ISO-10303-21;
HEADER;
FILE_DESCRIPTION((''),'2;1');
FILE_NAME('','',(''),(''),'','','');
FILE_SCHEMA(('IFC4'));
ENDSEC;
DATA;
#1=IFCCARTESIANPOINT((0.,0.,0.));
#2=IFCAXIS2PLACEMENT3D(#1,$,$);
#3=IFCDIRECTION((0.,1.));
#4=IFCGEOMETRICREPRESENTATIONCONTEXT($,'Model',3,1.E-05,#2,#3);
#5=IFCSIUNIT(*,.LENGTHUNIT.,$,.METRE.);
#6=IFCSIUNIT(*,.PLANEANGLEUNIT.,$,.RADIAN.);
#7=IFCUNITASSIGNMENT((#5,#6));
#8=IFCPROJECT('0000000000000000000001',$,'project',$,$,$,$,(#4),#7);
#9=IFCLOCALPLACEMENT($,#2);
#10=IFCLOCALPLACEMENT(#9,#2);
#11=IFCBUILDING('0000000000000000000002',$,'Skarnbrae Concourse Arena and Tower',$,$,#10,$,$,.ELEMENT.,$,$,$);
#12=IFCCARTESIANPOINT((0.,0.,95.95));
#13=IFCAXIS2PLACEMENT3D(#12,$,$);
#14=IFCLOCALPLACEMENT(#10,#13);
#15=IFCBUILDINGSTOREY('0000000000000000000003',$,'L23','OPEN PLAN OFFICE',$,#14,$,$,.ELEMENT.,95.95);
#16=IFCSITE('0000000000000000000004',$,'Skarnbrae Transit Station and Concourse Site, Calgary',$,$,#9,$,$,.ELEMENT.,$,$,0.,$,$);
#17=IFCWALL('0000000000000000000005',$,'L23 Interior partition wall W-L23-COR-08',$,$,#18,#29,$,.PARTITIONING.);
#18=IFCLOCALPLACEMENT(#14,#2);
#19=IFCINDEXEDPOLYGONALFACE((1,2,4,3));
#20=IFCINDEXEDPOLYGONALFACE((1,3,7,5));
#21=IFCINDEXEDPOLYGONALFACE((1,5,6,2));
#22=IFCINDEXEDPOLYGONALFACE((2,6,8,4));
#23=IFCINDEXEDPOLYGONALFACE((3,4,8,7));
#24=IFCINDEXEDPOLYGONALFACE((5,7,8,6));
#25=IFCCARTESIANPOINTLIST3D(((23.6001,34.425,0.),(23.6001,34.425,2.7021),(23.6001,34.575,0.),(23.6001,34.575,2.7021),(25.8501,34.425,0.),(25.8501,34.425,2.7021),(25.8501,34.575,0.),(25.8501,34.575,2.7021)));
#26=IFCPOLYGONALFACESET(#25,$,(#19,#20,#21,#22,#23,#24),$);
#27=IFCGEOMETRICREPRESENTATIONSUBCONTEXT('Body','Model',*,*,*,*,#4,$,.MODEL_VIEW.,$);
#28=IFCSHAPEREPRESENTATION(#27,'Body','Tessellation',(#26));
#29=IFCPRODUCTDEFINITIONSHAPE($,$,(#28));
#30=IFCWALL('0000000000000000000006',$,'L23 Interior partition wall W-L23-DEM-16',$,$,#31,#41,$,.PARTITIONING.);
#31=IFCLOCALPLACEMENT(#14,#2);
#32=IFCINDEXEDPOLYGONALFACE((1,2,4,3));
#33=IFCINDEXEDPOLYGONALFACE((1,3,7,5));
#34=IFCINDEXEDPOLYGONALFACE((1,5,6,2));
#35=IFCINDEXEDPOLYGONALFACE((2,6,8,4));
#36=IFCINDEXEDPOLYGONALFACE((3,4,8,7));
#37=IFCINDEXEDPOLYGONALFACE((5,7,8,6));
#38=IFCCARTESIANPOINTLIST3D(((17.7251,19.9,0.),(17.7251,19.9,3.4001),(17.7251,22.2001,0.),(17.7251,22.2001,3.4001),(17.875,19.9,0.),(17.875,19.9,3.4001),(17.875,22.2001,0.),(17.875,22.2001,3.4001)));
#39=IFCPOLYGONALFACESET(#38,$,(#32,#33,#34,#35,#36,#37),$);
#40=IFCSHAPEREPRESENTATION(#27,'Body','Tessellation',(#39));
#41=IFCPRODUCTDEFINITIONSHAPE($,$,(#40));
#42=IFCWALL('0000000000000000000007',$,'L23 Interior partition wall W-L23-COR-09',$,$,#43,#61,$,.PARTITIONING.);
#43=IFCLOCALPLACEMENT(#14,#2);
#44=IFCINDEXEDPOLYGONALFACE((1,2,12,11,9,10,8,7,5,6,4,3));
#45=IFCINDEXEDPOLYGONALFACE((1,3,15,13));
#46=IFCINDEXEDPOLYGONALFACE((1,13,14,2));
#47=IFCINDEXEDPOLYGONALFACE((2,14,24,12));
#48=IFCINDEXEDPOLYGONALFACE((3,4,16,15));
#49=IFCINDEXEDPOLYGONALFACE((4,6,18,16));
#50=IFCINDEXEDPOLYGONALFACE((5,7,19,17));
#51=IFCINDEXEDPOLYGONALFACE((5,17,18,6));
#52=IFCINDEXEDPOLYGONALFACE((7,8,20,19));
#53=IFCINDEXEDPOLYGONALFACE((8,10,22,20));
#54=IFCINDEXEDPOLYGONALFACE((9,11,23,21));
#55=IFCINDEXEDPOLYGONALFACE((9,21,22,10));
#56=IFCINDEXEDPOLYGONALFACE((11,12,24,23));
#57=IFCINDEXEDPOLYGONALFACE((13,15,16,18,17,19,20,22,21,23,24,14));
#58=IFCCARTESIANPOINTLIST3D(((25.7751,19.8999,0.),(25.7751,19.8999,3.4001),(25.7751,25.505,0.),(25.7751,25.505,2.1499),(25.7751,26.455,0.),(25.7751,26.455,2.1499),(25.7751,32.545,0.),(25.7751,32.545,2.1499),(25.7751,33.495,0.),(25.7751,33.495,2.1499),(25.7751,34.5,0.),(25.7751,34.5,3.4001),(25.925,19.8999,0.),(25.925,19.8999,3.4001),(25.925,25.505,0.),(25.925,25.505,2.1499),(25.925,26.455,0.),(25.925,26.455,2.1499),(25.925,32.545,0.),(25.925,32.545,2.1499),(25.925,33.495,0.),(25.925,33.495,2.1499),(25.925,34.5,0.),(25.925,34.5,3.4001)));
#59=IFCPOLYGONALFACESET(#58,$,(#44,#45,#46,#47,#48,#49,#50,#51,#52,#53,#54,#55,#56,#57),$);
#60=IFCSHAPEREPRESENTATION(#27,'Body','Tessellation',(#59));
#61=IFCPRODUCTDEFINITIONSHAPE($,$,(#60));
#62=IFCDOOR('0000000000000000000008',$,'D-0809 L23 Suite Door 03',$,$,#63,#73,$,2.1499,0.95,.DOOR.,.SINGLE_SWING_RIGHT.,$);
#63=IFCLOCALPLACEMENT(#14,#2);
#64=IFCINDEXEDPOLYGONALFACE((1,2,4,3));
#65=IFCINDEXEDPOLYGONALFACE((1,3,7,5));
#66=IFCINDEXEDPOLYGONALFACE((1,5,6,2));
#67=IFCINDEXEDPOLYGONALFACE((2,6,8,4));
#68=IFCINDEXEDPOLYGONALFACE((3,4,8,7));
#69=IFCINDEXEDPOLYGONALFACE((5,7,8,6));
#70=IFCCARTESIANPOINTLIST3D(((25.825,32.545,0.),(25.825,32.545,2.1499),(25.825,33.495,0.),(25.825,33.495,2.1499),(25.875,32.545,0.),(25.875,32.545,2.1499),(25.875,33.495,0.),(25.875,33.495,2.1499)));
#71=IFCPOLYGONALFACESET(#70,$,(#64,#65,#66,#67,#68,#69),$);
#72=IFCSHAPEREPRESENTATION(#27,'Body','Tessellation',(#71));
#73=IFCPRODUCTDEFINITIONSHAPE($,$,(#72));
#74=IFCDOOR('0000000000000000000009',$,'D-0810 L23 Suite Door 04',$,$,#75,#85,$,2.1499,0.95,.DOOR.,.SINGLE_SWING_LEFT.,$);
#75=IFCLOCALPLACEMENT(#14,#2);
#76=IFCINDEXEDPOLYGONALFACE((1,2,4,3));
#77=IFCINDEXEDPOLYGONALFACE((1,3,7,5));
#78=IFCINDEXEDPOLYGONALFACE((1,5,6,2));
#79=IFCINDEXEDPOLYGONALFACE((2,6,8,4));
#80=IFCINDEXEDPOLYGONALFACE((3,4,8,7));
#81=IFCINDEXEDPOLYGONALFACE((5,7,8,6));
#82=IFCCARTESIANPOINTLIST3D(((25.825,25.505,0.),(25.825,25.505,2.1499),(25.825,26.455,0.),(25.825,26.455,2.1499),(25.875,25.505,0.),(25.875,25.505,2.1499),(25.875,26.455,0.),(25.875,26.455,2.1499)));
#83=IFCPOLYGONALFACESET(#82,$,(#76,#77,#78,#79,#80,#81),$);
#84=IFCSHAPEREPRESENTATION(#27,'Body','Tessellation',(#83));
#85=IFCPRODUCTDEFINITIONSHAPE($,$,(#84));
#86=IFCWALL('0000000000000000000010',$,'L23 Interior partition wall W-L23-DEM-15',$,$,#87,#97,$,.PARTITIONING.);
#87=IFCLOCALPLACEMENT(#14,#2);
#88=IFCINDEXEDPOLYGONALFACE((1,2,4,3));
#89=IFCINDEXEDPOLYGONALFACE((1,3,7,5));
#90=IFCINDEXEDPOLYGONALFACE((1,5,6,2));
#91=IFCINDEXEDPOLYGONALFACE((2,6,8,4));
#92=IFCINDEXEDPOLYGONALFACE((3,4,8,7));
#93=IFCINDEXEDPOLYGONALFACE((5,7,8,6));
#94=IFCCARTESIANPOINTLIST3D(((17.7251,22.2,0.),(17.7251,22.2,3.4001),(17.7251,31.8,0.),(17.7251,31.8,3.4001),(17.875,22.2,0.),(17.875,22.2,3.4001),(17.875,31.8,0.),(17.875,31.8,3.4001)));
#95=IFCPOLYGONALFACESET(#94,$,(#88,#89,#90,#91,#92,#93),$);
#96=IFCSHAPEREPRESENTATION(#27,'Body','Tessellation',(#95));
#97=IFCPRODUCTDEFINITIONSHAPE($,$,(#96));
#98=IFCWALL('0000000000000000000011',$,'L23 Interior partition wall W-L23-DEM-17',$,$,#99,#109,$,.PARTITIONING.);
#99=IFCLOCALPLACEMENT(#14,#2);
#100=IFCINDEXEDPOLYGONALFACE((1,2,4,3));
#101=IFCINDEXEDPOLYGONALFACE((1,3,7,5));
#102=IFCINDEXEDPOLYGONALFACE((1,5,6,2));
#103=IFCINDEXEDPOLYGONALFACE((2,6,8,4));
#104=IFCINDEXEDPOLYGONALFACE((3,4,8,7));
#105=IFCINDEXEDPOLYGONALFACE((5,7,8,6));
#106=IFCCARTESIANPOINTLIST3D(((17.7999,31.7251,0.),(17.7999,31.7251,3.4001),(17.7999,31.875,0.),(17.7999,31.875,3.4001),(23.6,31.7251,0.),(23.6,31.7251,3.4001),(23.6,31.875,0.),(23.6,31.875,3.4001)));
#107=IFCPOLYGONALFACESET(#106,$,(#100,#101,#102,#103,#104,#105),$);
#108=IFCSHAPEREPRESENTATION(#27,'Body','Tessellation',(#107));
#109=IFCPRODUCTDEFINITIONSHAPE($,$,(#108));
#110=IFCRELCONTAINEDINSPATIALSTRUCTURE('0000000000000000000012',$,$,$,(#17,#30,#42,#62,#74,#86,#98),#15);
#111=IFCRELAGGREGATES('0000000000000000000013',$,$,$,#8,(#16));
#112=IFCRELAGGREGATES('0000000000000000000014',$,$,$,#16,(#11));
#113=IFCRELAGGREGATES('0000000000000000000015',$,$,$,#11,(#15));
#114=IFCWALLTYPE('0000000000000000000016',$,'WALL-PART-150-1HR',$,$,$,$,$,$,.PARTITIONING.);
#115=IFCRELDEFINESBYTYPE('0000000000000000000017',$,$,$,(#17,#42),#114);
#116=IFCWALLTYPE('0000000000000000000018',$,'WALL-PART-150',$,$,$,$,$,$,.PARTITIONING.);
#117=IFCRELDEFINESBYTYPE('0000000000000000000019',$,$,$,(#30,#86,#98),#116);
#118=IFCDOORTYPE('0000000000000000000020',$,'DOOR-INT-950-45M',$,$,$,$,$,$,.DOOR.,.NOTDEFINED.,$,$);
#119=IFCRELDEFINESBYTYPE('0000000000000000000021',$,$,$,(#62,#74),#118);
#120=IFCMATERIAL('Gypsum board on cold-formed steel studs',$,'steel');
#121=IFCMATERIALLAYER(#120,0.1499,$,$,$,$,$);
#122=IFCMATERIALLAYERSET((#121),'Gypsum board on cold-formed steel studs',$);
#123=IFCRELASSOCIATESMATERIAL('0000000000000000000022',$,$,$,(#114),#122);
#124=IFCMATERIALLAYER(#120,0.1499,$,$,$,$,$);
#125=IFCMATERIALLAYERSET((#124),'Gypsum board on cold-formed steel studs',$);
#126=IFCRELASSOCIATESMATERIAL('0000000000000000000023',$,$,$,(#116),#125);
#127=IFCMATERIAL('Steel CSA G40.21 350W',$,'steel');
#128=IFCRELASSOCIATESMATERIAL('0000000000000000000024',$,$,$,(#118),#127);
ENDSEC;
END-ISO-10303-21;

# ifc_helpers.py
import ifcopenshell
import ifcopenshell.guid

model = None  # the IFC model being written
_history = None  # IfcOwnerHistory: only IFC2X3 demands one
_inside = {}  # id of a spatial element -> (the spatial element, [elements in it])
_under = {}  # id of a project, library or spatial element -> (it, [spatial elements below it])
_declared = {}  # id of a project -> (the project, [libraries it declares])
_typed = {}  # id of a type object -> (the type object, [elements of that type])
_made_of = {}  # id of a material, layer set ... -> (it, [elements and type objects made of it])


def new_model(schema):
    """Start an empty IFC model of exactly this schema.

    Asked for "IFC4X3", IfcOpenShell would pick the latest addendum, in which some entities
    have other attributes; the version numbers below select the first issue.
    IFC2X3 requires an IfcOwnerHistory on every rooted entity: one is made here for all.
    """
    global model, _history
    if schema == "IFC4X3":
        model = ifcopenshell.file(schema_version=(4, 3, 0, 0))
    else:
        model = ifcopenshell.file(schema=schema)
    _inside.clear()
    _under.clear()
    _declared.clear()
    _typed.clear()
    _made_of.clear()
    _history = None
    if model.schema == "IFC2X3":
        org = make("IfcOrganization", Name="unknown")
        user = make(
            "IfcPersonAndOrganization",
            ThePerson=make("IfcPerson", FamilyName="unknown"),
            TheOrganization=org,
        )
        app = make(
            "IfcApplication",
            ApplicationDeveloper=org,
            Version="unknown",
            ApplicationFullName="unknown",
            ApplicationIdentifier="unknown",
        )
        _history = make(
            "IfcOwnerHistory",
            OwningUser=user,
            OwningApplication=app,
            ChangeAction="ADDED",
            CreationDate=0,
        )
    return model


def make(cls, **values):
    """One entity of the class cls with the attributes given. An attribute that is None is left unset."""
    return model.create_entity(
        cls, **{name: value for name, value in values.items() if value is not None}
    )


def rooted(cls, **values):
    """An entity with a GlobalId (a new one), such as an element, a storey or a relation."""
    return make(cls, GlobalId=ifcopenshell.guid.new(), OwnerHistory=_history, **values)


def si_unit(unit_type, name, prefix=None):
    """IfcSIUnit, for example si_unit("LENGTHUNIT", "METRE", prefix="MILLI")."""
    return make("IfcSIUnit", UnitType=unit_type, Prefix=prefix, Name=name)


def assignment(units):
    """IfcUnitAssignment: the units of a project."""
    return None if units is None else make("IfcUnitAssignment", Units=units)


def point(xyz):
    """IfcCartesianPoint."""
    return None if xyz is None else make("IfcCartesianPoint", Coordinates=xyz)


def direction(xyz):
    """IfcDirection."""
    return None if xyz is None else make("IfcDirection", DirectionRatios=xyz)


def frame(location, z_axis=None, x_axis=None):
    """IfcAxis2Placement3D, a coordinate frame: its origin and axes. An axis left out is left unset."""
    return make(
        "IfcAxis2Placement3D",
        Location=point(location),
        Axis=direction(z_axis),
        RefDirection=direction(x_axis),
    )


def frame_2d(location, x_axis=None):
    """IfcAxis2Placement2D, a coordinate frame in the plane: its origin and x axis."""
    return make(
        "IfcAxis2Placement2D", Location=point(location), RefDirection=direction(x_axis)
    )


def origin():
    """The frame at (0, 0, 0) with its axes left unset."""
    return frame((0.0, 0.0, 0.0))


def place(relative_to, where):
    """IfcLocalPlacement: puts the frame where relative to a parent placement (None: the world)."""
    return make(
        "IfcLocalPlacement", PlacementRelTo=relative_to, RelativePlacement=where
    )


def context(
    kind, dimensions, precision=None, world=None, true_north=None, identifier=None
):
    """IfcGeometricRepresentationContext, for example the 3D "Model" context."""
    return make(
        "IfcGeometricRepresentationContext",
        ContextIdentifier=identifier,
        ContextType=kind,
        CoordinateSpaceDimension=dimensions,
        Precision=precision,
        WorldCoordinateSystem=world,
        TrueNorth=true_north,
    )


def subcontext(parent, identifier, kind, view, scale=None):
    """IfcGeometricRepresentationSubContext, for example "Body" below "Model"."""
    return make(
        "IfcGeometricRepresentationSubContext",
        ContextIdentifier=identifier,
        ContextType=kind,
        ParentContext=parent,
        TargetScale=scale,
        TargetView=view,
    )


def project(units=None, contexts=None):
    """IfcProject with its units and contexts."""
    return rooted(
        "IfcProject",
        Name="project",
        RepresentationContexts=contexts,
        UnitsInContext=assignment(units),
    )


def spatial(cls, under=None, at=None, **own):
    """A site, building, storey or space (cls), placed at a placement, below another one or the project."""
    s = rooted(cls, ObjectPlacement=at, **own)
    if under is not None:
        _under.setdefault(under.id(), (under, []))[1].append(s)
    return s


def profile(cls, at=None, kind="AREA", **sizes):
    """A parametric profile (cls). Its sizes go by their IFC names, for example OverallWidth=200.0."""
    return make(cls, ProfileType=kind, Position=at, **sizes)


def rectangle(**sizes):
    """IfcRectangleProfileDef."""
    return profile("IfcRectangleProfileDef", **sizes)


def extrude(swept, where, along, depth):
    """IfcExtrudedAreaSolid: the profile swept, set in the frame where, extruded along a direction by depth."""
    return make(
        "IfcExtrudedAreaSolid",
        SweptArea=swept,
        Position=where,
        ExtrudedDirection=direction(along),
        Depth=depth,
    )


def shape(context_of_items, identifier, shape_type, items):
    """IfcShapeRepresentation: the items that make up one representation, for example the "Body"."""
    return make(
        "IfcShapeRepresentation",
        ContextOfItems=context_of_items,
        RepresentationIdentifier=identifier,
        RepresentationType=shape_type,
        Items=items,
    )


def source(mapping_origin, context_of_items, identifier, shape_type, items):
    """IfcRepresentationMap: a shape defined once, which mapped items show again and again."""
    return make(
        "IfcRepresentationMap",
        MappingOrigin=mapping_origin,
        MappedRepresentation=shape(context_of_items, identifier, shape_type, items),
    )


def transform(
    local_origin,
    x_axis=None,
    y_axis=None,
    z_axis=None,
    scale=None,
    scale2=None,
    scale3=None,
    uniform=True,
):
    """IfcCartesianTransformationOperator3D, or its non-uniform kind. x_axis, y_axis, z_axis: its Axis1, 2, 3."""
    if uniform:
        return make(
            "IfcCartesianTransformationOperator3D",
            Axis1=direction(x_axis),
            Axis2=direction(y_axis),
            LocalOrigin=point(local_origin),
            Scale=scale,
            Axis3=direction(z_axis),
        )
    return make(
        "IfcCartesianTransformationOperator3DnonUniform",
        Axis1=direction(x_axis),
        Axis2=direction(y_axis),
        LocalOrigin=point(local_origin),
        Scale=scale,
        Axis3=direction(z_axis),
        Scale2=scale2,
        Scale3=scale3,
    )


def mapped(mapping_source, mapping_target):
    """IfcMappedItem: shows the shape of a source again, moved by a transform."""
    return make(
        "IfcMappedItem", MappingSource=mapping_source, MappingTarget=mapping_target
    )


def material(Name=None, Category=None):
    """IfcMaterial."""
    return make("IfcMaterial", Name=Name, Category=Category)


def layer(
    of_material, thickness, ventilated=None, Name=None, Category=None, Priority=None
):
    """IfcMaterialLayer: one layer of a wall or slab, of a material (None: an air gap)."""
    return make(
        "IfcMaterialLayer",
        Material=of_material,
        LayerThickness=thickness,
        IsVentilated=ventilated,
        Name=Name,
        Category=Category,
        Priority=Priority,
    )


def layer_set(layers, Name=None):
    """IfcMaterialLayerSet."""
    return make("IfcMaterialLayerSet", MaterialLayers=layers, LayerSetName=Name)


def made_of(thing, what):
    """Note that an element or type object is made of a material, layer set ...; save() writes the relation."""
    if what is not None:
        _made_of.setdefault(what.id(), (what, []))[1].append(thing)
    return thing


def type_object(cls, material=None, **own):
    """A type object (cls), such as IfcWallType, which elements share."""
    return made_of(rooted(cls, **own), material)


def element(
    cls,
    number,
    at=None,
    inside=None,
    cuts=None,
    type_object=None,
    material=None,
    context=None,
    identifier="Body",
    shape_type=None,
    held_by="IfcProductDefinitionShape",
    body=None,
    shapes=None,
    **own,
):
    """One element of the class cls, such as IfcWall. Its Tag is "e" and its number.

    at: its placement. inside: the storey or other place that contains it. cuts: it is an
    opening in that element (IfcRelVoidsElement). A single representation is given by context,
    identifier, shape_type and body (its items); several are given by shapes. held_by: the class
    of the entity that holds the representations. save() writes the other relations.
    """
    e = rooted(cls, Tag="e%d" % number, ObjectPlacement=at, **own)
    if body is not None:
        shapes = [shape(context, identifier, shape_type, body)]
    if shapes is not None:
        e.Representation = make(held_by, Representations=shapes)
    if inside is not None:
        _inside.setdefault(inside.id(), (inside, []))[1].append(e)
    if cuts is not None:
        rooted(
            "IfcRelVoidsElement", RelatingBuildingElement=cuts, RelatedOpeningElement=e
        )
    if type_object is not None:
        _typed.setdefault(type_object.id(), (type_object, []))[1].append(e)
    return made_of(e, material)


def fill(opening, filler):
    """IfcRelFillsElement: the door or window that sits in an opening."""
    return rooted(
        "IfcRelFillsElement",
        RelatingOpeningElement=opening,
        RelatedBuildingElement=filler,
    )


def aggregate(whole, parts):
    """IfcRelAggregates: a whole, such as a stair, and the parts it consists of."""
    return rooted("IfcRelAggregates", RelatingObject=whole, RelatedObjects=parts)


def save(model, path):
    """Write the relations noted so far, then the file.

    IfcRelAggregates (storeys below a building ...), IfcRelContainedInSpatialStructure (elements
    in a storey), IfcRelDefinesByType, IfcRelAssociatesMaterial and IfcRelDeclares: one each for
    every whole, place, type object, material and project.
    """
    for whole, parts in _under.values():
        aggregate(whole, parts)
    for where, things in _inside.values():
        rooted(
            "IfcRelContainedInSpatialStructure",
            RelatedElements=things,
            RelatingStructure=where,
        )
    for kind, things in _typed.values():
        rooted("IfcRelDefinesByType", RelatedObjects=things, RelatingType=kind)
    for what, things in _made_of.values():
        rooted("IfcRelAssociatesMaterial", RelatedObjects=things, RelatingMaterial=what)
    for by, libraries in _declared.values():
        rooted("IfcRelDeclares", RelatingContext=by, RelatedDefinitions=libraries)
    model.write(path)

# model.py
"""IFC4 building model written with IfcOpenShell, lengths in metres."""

from ifc_helpers import new_model, si_unit, direction, frame, frame_2d, origin, place, context, subcontext, project, spatial, rectangle, extrude, source, transform, mapped, material, layer, layer_set, type_object, element, fill, save


model = new_model("IFC4")

# Units and contexts
model_context = context("Model", 3, precision=1e-05, world=origin(), true_north=direction((0.0, 1.0)))
body_context = subcontext(model_context, "Body", "Model", "MODEL_VIEW")
ifc_project = project(units=[si_unit("LENGTHUNIT", "METRE"), si_unit("PLANEANGLEUNIT", "RADIAN")], contexts=[model_context])

# Site, building, storey
site_placement = place(None, origin())
site = spatial("IfcSite", under=ifc_project, at=site_placement, Name="Skarnbrae Transit Station and Concourse Site, Calgary", CompositionType="ELEMENT", RefElevation=0.0)
building_placement = place(site_placement, origin())
building = spatial("IfcBuilding", under=site, at=building_placement, Name="Skarnbrae Concourse Arena and Tower", CompositionType="ELEMENT")
storey_placement = place(building_placement, frame((0.0, 0.0, 95.95)))
storey = spatial("IfcBuildingStorey", under=building, at=storey_placement, Name="L23", Description="OPEN PLAN OFFICE", CompositionType="ELEMENT", Elevation=95.95)

# Shared definitions
ifc_material_1 = material(Name="Steel CSA G40.21 350W", Category="steel")

# Walls
ifc_material_2 = material(Name="Gypsum board on cold-formed steel studs", Category="steel")
ifc_layer_1 = layer(ifc_material_2, 0.1499)
ifc_layer_set_1 = layer_set([ifc_layer_1], Name="Gypsum board on cold-formed steel studs")
wall_type_1 = type_object("IfcWallType", Name="WALL-PART-150-1HR", PredefinedType="PARTITIONING", material=ifc_layer_set_1)
shared_shape_1 = source(origin(), body_context, "Body", "SweptSolid", [
    extrude(rectangle(XDim=2.25, YDim=0.1499, at=frame_2d((1.125, 0.0))), origin(), (0.0, 0.0, 1.0), 2.7021),
])
wall_1_placement = place(storey_placement, frame((23.6001, 34.5, 0.0), z_axis=(0.0, 0.0, 1.0), x_axis=(1.0, 0.0, 0.0)))
element("IfcWall", 1, at=wall_1_placement, inside=storey, type_object=wall_type_1, Name="L23 Interior partition wall W-L23-COR-08", PredefinedType="PARTITIONING", context=body_context, shape_type="MappedRepresentation", body=[
    mapped(shared_shape_1, transform((0.0, 0.0, 0.0))),
])
ifc_layer_2 = layer(ifc_material_2, 0.1499)
ifc_layer_set_2 = layer_set([ifc_layer_2], Name="Gypsum board on cold-formed steel studs")
wall_type_2 = type_object("IfcWallType", Name="WALL-PART-150", PredefinedType="PARTITIONING", material=ifc_layer_set_2)
shared_shape_2 = source(origin(), body_context, "Body", "SweptSolid", [
    extrude(rectangle(XDim=2.3, YDim=0.1499, at=frame_2d((1.1499, 0.0))), origin(), (0.0, 0.0, 1.0), 3.4001),
])
wall_2_placement = place(storey_placement, frame((17.8, 22.2, 0.0), z_axis=(0.0, 0.0, 1.0), x_axis=(0.0, -1.0, 0.0)))
element("IfcWall", 2, at=wall_2_placement, inside=storey, type_object=wall_type_2, Name="L23 Interior partition wall W-L23-DEM-16", PredefinedType="PARTITIONING", context=body_context, shape_type="MappedRepresentation", body=[
    mapped(shared_shape_2, transform((0.0, 0.0, 0.0))),
])

# Wall, openings, doors
shared_shape_3 = source(origin(), body_context, "Body", "SweptSolid", [
    extrude(rectangle(XDim=14.6001, YDim=0.1499, at=frame_2d((7.3, 0.0))), origin(), (0.0, 0.0, 1.0), 3.4001),
])
wall_3_placement = place(storey_placement, frame((25.8501, 34.5, 0.0), z_axis=(0.0, 0.0, 1.0), x_axis=(0.0, -1.0, 0.0)))
wall_3 = element("IfcWall", 3, at=wall_3_placement, inside=storey, type_object=wall_type_1, Name="L23 Interior partition wall W-L23-COR-09", PredefinedType="PARTITIONING", context=body_context, shape_type="MappedRepresentation", body=[
    mapped(shared_shape_3, transform((0.0, 0.0, 0.0))),
])
opening_1_placement = place(wall_3_placement, frame((1.0049, 0.0, 0.0)))
opening_1 = element("IfcOpeningElement", 4, at=opening_1_placement, cuts=wall_3, PredefinedType="OPENING", context=body_context, shape_type="SweptSolid", body=[
    extrude(rectangle(XDim=0.95, YDim=2.1499, at=frame_2d((0.4751, 1.075))), frame((0.0, 0.085, 0.0), z_axis=(0.0, -1.0, 0.0), x_axis=(1.0, 0.0, 0.0)), (0.0, 0.0, 1.0), 0.1699),
])
opening_2_placement = place(wall_3_placement, frame((8.0449, 0.0, 0.0)))
opening_2 = element("IfcOpeningElement", 5, at=opening_2_placement, cuts=wall_3, PredefinedType="OPENING", context=body_context, shape_type="SweptSolid", body=[
    extrude(rectangle(XDim=0.95, YDim=2.1499, at=frame_2d((0.4751, 1.075))), frame((0.0, 0.085, 0.0), z_axis=(0.0, -1.0, 0.0), x_axis=(1.0, 0.0, 0.0)), (0.0, 0.0, 1.0), 0.1699),
])
door_type = type_object("IfcDoorType", Name="DOOR-INT-950-45M", OperationType="NOTDEFINED", PredefinedType="DOOR", material=ifc_material_1)
shared_shape_4 = source(origin(), body_context, "Body", "SweptSolid", [
    extrude(rectangle(XDim=0.95, YDim=2.1499, at=frame_2d((0.4751, 1.075))), frame((0.0, 0.0249, 0.0), z_axis=(0.0, -1.0, 0.0), x_axis=(1.0, 0.0, 0.0)), (0.0, 0.0, 1.0), 0.05),
])
door_1_placement = place(opening_1_placement, origin())
door_1 = element("IfcDoor", 6, at=door_1_placement, inside=storey, type_object=door_type, Name="D-0809 L23 Suite Door 03", OperationType="SINGLE_SWING_RIGHT", OverallHeight=2.1499, OverallWidth=0.95, PredefinedType="DOOR", context=body_context, shape_type="MappedRepresentation", body=[
    mapped(shared_shape_4, transform((0.0, 0.0, 0.0))),
])
fill(opening_1, door_1)
door_2_placement = place(opening_2_placement, origin())
door_2 = element("IfcDoor", 7, at=door_2_placement, inside=storey, type_object=door_type, Name="D-0810 L23 Suite Door 04", OperationType="SINGLE_SWING_LEFT", OverallHeight=2.1499, OverallWidth=0.95, PredefinedType="DOOR", context=body_context, shape_type="MappedRepresentation", body=[
    mapped(shared_shape_4, transform((0.0, 0.0, 0.0))),
])
fill(opening_2, door_2)

# Walls
shared_shape_5 = source(origin(), body_context, "Body", "SweptSolid", [
    extrude(rectangle(XDim=9.6001, YDim=0.1499, at=frame_2d((4.8, 0.0))), origin(), (0.0, 0.0, 1.0), 3.4001),
])
wall_4_placement = place(storey_placement, frame((17.8, 31.8, 0.0), z_axis=(0.0, 0.0, 1.0), x_axis=(0.0, -1.0, 0.0)))
element("IfcWall", 8, at=wall_4_placement, inside=storey, type_object=wall_type_2, Name="L23 Interior partition wall W-L23-DEM-15", PredefinedType="PARTITIONING", context=body_context, shape_type="MappedRepresentation", body=[
    mapped(shared_shape_5, transform((0.0, 0.0, 0.0))),
])
shared_shape_6 = source(origin(), body_context, "Body", "SweptSolid", [
    extrude(rectangle(XDim=5.8, YDim=0.1499, at=frame_2d((2.8999, 0.0))), origin(), (0.0, 0.0, 1.0), 3.4001),
])
wall_5_placement = place(storey_placement, frame((17.8, 31.8, 0.0), z_axis=(0.0, 0.0, 1.0), x_axis=(1.0, 0.0, 0.0)))
element("IfcWall", 9, at=wall_5_placement, inside=storey, type_object=wall_type_2, Name="L23 Interior partition wall W-L23-DEM-17", PredefinedType="PARTITIONING", context=body_context, shape_type="MappedRepresentation", body=[
    mapped(shared_shape_6, transform((0.0, 0.0, 0.0))),
])

save(model, "model.ifc")
